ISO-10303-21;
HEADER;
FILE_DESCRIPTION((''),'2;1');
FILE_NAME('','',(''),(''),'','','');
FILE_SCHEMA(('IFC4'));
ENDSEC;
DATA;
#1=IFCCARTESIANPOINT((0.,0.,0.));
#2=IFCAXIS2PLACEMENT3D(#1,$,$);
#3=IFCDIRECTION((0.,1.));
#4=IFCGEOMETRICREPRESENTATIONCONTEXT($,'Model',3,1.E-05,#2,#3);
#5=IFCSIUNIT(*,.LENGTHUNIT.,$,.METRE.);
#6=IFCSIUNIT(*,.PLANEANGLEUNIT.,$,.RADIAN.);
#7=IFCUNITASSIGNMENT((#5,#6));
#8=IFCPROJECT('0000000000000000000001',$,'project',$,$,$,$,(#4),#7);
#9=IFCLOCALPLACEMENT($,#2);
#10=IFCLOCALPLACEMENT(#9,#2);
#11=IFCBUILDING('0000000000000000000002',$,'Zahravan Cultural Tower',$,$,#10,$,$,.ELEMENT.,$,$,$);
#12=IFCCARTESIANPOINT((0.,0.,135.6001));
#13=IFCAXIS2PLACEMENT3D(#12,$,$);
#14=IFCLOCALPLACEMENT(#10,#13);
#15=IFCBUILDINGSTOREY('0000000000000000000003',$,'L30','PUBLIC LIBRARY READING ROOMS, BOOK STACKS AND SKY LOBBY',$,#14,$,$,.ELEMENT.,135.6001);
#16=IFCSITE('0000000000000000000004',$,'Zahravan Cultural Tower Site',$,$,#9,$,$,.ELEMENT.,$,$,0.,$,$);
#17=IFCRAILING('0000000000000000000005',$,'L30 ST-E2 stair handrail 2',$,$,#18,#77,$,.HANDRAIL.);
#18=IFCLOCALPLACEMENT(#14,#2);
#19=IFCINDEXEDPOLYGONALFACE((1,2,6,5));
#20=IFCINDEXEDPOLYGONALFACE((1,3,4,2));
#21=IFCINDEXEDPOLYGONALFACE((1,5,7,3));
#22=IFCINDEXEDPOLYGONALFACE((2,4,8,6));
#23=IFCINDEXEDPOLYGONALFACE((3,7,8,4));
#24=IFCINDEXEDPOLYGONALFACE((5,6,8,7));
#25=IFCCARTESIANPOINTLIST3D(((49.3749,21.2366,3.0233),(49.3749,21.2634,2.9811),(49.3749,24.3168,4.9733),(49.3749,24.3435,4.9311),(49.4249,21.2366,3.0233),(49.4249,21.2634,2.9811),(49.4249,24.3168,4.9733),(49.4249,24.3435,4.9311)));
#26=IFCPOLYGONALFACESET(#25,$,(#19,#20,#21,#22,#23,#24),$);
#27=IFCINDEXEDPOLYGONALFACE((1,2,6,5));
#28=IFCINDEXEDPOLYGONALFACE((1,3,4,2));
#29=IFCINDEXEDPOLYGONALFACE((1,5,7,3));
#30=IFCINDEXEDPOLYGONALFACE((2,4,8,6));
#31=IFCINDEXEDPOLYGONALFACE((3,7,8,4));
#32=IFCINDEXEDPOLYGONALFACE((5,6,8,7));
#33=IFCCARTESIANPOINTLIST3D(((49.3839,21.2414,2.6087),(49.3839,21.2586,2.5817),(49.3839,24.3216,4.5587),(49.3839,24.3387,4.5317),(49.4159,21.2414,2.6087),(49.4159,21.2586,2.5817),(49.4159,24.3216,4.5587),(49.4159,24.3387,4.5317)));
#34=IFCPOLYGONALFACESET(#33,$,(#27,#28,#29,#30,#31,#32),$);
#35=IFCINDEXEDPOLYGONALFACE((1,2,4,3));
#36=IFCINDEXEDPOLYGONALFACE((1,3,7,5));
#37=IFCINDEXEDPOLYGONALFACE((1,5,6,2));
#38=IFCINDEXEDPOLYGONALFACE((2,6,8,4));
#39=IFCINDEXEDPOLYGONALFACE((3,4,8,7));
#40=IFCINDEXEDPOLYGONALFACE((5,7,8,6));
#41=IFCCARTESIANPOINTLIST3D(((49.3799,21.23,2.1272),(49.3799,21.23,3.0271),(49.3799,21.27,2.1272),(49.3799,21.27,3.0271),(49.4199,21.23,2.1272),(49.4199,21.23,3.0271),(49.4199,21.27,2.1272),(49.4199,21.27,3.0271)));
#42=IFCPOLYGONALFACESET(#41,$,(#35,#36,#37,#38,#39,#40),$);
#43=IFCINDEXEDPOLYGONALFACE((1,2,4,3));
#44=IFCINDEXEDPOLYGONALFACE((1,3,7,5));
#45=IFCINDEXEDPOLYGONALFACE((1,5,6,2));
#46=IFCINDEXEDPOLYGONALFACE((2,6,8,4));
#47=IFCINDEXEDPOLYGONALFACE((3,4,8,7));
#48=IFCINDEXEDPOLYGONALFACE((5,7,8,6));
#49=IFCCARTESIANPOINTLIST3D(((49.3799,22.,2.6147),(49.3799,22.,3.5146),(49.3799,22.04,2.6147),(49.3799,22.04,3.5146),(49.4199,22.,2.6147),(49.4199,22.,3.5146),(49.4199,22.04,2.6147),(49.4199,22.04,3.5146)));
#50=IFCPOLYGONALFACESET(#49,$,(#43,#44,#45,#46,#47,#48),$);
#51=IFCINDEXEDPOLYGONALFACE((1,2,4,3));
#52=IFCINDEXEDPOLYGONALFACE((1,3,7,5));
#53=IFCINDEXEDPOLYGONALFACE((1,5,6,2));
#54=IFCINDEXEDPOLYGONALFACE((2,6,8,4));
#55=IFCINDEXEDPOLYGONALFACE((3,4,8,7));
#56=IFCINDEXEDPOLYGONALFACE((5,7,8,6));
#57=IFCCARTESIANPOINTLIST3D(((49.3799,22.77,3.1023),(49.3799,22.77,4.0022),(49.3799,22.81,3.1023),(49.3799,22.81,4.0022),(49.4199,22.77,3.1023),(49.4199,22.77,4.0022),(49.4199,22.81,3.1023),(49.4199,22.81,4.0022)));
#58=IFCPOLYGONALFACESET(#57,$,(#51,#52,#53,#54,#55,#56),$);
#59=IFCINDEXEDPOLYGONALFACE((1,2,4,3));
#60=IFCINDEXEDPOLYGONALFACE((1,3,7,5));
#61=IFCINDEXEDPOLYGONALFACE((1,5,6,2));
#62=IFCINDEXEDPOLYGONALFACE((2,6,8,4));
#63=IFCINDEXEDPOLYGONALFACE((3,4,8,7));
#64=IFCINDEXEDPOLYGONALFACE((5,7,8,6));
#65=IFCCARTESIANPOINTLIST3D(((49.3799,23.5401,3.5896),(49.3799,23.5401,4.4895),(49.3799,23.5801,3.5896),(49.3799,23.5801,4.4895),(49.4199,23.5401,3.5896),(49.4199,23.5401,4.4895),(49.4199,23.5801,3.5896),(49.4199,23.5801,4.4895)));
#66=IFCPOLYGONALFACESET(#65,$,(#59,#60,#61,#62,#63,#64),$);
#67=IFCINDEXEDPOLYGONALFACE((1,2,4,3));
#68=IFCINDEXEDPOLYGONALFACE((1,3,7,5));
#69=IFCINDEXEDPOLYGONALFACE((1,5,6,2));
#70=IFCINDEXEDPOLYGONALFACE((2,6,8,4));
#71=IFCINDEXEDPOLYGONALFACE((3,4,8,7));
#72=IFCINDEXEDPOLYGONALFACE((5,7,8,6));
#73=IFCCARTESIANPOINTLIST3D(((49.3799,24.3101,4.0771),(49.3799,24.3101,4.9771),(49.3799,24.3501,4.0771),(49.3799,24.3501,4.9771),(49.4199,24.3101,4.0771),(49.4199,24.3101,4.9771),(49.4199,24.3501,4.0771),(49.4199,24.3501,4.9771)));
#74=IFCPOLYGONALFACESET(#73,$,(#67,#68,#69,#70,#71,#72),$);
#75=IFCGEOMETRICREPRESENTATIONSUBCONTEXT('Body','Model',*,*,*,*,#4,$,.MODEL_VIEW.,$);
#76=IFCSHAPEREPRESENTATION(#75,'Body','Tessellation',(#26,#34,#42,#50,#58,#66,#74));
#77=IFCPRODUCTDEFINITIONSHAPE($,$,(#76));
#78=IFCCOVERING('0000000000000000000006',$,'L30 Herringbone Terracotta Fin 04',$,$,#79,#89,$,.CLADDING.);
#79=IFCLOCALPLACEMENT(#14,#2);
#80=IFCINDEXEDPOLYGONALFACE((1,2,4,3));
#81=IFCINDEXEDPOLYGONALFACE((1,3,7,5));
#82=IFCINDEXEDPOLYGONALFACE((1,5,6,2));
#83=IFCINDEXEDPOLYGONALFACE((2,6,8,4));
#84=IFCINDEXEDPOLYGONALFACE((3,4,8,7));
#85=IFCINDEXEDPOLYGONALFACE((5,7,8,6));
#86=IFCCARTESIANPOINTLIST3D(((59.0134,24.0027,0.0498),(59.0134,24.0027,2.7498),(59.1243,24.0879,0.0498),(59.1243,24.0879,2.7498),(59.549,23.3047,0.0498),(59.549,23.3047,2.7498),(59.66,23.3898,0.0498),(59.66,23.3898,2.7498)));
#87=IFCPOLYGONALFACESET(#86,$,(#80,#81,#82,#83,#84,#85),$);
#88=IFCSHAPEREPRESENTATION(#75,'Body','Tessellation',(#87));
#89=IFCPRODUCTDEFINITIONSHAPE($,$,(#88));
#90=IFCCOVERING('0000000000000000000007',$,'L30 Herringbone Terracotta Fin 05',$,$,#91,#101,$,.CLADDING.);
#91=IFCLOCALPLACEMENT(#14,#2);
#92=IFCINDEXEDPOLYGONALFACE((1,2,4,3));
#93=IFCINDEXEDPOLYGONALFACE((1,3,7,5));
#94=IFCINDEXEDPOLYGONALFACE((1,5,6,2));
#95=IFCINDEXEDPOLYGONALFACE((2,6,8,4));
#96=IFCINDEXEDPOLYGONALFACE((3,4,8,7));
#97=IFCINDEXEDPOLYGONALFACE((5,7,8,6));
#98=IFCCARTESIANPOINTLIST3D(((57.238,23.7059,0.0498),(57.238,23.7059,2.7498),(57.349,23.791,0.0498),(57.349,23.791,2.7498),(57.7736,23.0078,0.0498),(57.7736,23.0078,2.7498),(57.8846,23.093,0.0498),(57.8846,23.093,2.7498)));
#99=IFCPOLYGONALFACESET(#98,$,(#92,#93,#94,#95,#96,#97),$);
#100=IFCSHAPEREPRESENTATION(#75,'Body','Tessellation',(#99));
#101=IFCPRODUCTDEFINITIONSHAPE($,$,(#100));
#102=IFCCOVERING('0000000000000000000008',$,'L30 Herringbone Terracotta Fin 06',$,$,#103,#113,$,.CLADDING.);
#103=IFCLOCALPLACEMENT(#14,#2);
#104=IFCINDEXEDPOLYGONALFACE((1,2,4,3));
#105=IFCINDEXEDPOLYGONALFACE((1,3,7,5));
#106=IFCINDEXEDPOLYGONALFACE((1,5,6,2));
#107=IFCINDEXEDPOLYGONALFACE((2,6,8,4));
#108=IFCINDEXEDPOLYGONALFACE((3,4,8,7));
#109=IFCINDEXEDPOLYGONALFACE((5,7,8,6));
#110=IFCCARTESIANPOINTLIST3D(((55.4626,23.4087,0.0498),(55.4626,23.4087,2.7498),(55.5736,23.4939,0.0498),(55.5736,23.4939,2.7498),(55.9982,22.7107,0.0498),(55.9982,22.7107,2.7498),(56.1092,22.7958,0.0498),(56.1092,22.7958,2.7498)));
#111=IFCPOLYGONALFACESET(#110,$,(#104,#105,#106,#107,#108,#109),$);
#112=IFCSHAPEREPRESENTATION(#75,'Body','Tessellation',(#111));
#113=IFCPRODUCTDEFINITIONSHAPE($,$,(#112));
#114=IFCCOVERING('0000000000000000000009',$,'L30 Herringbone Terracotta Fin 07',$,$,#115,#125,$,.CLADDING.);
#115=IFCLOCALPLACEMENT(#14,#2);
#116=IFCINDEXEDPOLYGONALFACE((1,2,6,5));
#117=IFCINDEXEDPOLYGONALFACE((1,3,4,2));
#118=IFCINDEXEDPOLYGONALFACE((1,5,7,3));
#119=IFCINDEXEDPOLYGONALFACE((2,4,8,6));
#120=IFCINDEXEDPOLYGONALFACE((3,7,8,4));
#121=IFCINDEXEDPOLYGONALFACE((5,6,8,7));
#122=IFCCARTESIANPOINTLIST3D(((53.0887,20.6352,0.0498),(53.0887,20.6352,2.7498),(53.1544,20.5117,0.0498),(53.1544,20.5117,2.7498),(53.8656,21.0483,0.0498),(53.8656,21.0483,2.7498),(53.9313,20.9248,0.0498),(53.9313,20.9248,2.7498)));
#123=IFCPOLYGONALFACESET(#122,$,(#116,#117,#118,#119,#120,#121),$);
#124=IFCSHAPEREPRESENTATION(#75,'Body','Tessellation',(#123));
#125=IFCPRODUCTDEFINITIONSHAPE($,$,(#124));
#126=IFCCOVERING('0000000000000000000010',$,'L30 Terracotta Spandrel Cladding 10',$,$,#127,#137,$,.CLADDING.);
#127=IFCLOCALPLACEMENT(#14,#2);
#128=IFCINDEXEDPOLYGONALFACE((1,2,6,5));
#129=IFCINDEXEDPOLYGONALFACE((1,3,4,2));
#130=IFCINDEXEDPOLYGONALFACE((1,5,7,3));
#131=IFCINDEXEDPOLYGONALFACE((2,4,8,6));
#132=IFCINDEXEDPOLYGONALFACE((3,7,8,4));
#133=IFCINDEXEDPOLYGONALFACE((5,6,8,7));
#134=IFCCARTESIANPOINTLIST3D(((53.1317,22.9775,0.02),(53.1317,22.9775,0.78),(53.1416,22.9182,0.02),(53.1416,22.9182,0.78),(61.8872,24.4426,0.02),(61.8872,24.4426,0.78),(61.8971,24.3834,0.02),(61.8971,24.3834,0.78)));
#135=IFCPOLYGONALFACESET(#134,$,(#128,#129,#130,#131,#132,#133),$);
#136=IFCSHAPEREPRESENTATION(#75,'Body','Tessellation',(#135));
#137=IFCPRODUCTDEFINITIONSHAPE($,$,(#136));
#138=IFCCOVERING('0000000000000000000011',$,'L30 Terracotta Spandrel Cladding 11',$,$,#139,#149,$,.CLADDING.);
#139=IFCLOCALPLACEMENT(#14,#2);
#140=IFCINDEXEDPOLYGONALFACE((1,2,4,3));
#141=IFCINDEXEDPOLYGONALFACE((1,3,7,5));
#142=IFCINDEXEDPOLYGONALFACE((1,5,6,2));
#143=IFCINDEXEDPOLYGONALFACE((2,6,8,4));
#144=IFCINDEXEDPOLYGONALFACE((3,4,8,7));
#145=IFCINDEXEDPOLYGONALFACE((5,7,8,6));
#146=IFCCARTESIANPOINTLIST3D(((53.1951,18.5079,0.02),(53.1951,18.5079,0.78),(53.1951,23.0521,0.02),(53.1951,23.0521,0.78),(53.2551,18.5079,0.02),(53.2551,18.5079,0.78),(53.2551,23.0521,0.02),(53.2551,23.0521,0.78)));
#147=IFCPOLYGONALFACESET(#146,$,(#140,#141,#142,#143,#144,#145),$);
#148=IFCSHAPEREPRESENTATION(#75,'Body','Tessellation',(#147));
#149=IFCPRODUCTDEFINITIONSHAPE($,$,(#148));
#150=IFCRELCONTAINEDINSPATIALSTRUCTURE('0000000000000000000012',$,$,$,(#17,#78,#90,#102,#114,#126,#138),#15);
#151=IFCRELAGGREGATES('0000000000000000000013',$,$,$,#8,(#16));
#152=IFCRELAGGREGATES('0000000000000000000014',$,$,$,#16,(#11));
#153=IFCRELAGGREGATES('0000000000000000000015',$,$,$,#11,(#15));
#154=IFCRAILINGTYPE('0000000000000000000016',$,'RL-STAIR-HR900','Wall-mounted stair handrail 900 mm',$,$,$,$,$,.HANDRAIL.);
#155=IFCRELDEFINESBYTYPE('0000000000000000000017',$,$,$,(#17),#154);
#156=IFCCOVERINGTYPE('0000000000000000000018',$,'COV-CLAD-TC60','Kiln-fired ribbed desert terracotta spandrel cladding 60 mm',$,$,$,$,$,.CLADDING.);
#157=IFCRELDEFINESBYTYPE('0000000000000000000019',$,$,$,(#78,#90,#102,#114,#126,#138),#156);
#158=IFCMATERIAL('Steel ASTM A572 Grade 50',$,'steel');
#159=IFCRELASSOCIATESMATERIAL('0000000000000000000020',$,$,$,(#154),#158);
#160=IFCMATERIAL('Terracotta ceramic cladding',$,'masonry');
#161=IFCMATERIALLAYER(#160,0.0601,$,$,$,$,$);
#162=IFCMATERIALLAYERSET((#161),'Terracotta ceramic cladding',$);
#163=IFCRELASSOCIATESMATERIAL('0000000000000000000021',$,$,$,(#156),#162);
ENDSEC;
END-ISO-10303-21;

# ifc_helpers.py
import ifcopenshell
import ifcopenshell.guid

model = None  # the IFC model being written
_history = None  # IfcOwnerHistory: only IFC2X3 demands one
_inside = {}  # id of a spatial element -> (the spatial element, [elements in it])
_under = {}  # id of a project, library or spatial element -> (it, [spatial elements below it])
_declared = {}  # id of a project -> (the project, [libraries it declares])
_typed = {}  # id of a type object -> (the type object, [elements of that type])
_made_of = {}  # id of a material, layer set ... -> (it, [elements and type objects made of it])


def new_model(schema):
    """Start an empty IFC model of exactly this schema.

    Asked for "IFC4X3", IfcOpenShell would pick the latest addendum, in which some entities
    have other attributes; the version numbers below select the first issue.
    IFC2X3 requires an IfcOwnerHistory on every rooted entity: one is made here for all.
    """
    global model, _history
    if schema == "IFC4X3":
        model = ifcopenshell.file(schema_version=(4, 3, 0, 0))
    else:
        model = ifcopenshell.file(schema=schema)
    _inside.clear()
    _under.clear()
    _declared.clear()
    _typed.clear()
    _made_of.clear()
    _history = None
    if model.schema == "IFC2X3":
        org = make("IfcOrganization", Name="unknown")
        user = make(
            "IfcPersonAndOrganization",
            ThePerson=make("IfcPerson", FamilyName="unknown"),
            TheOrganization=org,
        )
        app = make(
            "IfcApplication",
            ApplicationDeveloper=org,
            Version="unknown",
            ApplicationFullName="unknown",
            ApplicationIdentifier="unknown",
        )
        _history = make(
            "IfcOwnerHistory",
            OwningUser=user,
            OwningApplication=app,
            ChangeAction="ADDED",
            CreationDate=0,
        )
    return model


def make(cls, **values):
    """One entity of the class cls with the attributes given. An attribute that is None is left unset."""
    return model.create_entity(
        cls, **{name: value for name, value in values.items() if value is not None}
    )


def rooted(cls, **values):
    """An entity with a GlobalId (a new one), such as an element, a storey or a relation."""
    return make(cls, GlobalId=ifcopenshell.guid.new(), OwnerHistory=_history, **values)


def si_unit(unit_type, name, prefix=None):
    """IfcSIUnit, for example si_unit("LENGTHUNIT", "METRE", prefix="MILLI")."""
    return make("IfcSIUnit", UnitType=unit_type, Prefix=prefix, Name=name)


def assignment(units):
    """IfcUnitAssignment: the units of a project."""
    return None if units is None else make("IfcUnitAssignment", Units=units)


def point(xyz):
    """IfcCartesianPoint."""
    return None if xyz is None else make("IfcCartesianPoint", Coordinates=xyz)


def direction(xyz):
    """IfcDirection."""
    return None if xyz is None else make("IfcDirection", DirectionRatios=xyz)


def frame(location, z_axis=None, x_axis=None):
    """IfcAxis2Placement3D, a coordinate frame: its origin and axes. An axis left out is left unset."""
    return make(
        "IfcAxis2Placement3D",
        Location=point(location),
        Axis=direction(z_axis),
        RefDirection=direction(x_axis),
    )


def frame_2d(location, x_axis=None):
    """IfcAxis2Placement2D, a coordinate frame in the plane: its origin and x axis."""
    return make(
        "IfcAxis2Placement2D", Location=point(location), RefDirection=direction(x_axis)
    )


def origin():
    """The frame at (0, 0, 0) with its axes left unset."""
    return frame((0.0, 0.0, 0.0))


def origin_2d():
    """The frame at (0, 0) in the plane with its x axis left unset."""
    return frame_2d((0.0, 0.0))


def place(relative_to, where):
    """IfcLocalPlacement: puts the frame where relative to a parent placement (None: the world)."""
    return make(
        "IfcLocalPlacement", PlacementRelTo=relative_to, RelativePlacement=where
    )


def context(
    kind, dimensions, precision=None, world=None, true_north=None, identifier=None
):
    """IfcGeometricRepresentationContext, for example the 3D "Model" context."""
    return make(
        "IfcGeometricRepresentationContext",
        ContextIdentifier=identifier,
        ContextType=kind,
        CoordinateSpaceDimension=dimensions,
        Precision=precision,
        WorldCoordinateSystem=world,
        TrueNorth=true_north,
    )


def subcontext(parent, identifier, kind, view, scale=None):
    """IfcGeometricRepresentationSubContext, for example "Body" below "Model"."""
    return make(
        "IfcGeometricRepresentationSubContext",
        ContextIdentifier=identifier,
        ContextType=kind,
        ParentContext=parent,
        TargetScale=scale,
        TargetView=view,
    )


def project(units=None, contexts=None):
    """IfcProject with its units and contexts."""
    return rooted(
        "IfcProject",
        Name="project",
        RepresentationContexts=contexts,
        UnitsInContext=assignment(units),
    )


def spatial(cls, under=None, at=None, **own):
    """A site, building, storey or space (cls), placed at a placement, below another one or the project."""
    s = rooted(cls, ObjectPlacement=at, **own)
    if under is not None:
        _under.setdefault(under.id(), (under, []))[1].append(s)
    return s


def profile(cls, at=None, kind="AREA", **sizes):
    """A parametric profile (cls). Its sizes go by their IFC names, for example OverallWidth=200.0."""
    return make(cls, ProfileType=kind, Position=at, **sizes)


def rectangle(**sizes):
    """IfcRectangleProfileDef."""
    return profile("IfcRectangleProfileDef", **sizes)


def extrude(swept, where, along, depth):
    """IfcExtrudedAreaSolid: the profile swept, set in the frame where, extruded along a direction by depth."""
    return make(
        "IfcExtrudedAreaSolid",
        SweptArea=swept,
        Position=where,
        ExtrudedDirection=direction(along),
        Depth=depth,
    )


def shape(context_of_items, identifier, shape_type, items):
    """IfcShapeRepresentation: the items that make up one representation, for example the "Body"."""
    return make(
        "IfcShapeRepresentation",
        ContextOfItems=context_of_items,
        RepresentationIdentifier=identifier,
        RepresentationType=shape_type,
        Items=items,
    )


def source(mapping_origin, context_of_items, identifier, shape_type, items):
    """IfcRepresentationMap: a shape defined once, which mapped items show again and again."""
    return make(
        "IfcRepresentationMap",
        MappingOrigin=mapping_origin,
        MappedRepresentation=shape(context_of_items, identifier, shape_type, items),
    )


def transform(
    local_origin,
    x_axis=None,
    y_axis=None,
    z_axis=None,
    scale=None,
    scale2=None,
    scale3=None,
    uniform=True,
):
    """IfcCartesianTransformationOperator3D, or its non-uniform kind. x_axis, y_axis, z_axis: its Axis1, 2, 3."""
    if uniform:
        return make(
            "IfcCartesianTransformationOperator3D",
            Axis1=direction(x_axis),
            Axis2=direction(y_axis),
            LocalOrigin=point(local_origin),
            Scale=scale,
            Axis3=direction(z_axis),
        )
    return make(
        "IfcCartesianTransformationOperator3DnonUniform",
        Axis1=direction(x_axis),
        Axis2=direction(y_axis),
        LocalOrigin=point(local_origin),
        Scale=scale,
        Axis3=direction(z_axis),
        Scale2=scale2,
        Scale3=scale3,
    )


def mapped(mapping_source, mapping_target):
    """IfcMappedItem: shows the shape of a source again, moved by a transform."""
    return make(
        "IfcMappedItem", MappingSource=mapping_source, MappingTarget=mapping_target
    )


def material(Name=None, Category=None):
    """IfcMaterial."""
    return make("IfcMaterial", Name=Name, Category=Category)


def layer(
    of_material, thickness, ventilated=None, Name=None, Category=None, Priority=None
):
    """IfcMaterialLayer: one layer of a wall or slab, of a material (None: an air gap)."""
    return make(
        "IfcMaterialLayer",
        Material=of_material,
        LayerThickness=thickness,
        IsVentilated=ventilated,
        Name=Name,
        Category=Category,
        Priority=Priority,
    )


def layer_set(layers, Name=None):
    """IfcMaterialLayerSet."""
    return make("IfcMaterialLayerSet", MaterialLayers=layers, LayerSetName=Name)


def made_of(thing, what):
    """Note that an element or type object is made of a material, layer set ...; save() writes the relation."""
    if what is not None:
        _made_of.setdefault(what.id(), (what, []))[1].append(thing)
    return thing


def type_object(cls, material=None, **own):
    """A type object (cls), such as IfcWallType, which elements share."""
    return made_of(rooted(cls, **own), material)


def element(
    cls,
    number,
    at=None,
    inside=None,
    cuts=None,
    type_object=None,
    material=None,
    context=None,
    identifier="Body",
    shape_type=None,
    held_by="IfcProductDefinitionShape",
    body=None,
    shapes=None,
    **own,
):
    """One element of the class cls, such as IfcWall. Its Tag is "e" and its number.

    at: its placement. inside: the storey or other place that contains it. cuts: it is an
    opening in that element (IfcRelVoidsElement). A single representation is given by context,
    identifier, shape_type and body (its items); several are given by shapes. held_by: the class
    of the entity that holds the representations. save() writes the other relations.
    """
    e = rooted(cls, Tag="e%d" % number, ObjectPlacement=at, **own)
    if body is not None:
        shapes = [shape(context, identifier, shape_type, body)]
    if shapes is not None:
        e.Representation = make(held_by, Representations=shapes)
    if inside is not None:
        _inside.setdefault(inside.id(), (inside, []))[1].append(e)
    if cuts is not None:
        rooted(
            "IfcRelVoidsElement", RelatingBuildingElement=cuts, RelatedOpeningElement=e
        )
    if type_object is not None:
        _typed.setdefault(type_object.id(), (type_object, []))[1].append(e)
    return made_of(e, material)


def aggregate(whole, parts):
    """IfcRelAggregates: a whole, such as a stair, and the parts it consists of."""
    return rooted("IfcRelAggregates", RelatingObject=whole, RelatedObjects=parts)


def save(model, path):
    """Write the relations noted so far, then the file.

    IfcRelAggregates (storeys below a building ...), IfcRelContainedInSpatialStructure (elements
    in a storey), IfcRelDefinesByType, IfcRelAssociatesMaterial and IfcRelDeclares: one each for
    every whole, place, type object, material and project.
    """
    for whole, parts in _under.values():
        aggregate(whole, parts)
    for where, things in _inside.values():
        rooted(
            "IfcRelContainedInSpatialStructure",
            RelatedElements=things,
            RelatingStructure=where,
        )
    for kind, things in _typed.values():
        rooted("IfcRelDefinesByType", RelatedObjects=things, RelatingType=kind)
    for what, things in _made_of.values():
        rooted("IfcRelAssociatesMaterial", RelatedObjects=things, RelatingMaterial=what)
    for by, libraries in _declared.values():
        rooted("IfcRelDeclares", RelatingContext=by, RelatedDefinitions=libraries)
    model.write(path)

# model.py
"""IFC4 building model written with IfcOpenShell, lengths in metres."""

from ifc_helpers import new_model, si_unit, direction, frame, origin, origin_2d, place, context, subcontext, project, spatial, rectangle, extrude, source, transform, mapped, material, layer, layer_set, type_object, element, save


model = new_model("IFC4")

# Units and contexts
model_context = context("Model", 3, precision=1e-05, world=origin(), true_north=direction((0.0, 1.0)))
body_context = subcontext(model_context, "Body", "Model", "MODEL_VIEW")
ifc_project = project(units=[si_unit("LENGTHUNIT", "METRE"), si_unit("PLANEANGLEUNIT", "RADIAN")], contexts=[model_context])

# Site, building, storey
site_placement = place(None, origin())
site = spatial("IfcSite", under=ifc_project, at=site_placement, Name="Zahravan Cultural Tower Site", CompositionType="ELEMENT", RefElevation=0.0)
building_placement = place(site_placement, origin())
building = spatial("IfcBuilding", under=site, at=building_placement, Name="Zahravan Cultural Tower", CompositionType="ELEMENT")
storey_placement = place(building_placement, frame((0.0, 0.0, 135.6001)))
storey = spatial("IfcBuildingStorey", under=building, at=storey_placement, Name="L30", Description="PUBLIC LIBRARY READING ROOMS, BOOK STACKS AND SKY LOBBY", CompositionType="ELEMENT", Elevation=135.6001)

# Railing
ifc_material_1 = material(Name="Steel ASTM A572 Grade 50", Category="steel")
railing_type_1 = type_object("IfcRailingType", Name="RL-STAIR-HR900", Description="Wall-mounted stair handrail 900 mm", PredefinedType="HANDRAIL", material=ifc_material_1)
railing_1_placement = place(storey_placement, frame((49.3999, 21.25, 2.1272)))
element("IfcRailing", 1, at=railing_1_placement, inside=storey, type_object=railing_type_1, Name="L30 ST-E2 stair handrail 2", PredefinedType="HANDRAIL", context=body_context, shape_type="SweptSolid", body=[
    extrude(rectangle(XDim=0.05, YDim=0.05, at=origin_2d()), frame((0.0, 0.0, 0.875), z_axis=(0.0, 0.844914, 0.534902), x_axis=(-1.0, 0.0, 0.0)), (0.0, 0.0, 1.0), 3.6455),
    extrude(rectangle(XDim=0.032, YDim=0.032, at=origin_2d()), frame((0.0, 0.0, 0.468), z_axis=(0.0, 0.844914, 0.534902), x_axis=(-1.0, 0.0, 0.0)), (0.0, 0.0, 1.0), 3.6455),
    extrude(rectangle(XDim=0.04, YDim=0.04, at=origin_2d()), origin(), (0.0, 0.0, 1.0), 0.8999),
    extrude(rectangle(XDim=0.04, YDim=0.04, at=origin_2d()), frame((0.0, 0.77, 0.4875)), (0.0, 0.0, 1.0), 0.8999),
    extrude(rectangle(XDim=0.04, YDim=0.04, at=origin_2d()), frame((0.0, 1.54, 0.9751)), (0.0, 0.0, 1.0), 0.8999),
    extrude(rectangle(XDim=0.04, YDim=0.04, at=origin_2d()), frame((0.0, 2.3101, 1.4624)), (0.0, 0.0, 1.0), 0.8999),
    extrude(rectangle(XDim=0.04, YDim=0.04, at=origin_2d()), frame((0.0, 3.0801, 1.95)), (0.0, 0.0, 1.0), 0.8999),
])

# Coverings
ifc_material_2 = material(Name="Terracotta ceramic cladding", Category="masonry")
ifc_layer_1 = layer(ifc_material_2, 0.0601)
ifc_layer_set_1 = layer_set([ifc_layer_1], Name="Terracotta ceramic cladding")
covering_type = type_object("IfcCoveringType", Name="COV-CLAD-TC60", Description="Kiln-fired ribbed desert terracotta spandrel cladding 60 mm", PredefinedType="CLADDING", material=ifc_layer_set_1)
shared_shape_1 = source(origin(), body_context, "Body", "SweptSolid", [
    extrude(rectangle(XDim=0.8799, YDim=0.1399, at=origin_2d()), origin(), (0.0, 0.0, 1.0), 2.7),
])
for number, where, z_axis, x_axis, name in (
    (2, (59.3367, 23.6963, 0.0498), (0.0, 0.0, 1.0), (0.608761, -0.793353, 0.0), "L30 Herringbone Terracotta Fin 04"),
    (3, (57.5613, 23.3994, 0.0498), (0.0, 0.0, 1.0), (0.608761, -0.793353, 0.0), "L30 Herringbone Terracotta Fin 05"),
    (4, (55.7859, 23.1023, 0.0498), (0.0, 0.0, 1.0), (0.608761, -0.793353, 0.0), "L30 Herringbone Terracotta Fin 06"),
    (5, (53.51, 20.78, 0.0498), (0.0, 0.0, 1.0), (0.882948, 0.469472, 0.0), "L30 Herringbone Terracotta Fin 07"),
):
    element("IfcCovering", number, at=place(storey_placement, frame(where, z_axis=z_axis, x_axis=x_axis)), inside=storey, type_object=covering_type, Name=name, PredefinedType="CLADDING", context=body_context, shape_type="MappedRepresentation", body=[
        mapped(shared_shape_1, transform((0.0, 0.0, 0.0), x_axis=(1.0, 0.0, 0.0), y_axis=(0.0, 1.0, 0.0), z_axis=(0.0, 0.0, 1.0), scale=1.0)),
    ])
shared_shape_2 = source(origin(), body_context, "Body", "SweptSolid", [
    extrude(rectangle(XDim=8.8772, YDim=0.0601, at=origin_2d()), origin(), (0.0, 0.0, 1.0), 0.76),
])
covering_1_placement = place(storey_placement, frame((57.5144, 23.6804, 0.02), z_axis=(0.0, 0.0, 1.0), x_axis=(-0.986286, -0.165048, 0.0)))
element("IfcCovering", 6, at=covering_1_placement, inside=storey, type_object=covering_type, Name="L30 Terracotta Spandrel Cladding 10", PredefinedType="CLADDING", context=body_context, shape_type="MappedRepresentation", body=[
    mapped(shared_shape_2, transform((0.0, 0.0, 0.0), x_axis=(1.0, 0.0, 0.0), y_axis=(0.0, 1.0, 0.0), z_axis=(0.0, 0.0, 1.0), scale=1.0)),
])
shared_shape_3 = source(origin(), body_context, "Body", "SweptSolid", [
    extrude(rectangle(XDim=4.5442, YDim=0.0601, at=origin_2d()), origin(), (0.0, 0.0, 1.0), 0.76),
])
covering_2_placement = place(storey_placement, frame((53.2251, 20.78, 0.02), z_axis=(0.0, 0.0, 1.0), x_axis=(0.0, -1.0, 0.0)))
element("IfcCovering", 7, at=covering_2_placement, inside=storey, type_object=covering_type, Name="L30 Terracotta Spandrel Cladding 11", PredefinedType="CLADDING", context=body_context, shape_type="MappedRepresentation", body=[
    mapped(shared_shape_3, transform((0.0, 0.0, 0.0), x_axis=(1.0, 0.0, 0.0), y_axis=(0.0, 1.0, 0.0), z_axis=(0.0, 0.0, 1.0), scale=1.0)),
])

save(model, "model.ifc")
